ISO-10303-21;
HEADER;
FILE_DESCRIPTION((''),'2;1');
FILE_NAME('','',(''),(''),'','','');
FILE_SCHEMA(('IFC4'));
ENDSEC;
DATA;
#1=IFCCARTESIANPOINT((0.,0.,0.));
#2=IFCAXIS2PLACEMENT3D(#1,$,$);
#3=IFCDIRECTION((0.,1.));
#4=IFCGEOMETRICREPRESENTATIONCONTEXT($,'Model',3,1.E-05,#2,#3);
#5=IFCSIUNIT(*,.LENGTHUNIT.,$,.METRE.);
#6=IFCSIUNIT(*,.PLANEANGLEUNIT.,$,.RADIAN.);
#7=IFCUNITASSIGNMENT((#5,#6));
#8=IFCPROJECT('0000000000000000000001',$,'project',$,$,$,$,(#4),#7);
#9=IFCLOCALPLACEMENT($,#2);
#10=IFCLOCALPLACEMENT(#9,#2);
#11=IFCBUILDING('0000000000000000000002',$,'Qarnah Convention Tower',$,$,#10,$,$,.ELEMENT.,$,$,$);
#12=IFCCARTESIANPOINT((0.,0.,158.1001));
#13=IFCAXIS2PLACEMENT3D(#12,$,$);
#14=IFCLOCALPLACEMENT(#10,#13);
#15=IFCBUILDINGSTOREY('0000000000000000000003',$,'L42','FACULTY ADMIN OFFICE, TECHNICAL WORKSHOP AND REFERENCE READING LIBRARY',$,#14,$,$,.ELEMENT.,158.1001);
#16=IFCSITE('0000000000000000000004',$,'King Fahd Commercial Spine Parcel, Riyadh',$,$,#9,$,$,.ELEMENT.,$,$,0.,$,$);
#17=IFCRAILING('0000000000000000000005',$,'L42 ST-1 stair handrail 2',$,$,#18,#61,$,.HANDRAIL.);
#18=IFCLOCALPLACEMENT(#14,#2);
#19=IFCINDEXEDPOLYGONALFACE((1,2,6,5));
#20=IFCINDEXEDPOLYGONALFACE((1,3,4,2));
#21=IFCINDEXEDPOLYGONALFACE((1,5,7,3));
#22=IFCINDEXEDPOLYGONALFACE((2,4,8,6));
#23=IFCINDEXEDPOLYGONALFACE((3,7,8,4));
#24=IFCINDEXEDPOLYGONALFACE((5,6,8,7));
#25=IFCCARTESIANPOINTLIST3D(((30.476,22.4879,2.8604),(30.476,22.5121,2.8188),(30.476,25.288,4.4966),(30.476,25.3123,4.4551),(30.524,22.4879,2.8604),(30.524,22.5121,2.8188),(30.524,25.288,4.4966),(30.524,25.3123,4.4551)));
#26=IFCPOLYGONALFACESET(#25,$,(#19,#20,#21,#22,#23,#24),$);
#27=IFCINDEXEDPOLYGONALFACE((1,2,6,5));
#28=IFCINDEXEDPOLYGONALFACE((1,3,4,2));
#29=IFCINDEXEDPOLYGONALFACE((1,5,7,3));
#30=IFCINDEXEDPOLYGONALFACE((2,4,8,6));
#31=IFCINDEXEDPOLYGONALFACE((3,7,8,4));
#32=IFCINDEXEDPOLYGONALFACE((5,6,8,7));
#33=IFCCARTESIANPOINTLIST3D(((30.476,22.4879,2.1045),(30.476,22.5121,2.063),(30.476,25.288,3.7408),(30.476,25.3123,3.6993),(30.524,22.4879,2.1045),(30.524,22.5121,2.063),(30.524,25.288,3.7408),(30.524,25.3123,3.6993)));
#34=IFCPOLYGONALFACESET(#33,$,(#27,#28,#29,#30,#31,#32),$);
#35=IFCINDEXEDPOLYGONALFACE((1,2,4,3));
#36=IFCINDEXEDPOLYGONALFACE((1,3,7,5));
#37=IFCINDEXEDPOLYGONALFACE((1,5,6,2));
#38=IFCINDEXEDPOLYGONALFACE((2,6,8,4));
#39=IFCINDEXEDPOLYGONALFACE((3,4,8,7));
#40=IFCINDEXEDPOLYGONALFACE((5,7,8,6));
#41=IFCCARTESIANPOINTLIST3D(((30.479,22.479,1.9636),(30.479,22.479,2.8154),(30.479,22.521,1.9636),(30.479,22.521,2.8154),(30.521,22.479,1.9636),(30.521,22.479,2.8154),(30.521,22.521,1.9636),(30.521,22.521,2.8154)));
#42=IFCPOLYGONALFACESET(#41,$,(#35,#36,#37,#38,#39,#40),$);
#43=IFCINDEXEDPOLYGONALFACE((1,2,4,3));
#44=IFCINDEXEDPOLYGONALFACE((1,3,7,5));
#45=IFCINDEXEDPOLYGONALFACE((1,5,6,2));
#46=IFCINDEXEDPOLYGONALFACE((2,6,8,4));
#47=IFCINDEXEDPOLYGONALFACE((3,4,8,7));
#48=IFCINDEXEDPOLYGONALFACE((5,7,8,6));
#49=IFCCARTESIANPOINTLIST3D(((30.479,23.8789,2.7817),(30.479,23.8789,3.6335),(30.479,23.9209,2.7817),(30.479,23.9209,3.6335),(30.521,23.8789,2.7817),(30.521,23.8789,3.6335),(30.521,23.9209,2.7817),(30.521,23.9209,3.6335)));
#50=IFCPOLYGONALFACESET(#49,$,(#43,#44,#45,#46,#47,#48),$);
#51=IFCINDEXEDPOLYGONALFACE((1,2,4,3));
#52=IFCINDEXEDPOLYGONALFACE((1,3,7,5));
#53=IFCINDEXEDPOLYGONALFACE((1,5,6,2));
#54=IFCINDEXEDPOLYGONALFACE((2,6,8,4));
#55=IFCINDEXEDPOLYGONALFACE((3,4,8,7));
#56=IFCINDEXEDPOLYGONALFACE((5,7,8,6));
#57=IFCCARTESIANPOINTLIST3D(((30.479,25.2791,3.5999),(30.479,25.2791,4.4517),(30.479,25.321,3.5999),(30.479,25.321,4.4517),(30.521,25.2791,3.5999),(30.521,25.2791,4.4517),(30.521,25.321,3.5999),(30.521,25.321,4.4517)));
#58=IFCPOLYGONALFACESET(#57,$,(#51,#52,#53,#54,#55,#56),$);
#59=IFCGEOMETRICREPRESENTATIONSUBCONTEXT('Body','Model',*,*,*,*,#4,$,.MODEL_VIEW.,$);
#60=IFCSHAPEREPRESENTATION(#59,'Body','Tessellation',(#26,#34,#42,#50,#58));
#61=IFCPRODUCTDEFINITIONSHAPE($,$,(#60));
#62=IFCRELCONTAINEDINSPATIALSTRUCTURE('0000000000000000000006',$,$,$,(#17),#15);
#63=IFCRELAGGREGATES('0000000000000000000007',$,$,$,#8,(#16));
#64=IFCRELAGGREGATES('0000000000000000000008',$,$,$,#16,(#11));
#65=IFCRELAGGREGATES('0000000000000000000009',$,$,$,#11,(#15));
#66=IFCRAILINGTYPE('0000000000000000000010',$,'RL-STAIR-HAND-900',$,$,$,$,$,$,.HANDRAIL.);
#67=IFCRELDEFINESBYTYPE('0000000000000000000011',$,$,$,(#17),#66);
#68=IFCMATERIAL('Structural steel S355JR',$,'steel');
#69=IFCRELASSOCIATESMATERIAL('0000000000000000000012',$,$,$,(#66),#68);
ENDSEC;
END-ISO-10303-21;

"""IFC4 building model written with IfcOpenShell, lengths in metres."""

from ifc_helpers import new_model, si_unit, direction, frame, origin, origin_2d, place, context, subcontext, project, spatial, rectangle, extrude, material, type_object, element, save


model = new_model("IFC4")

# Units and contexts
model_context = context("Model", 3, precision=1e-05, world=origin(), true_north=direction((0.0, 1.0)))
body_context = subcontext(model_context, "Body", "Model", "MODEL_VIEW")
ifc_project = project(units=[si_unit("LENGTHUNIT", "METRE"), si_unit("PLANEANGLEUNIT", "RADIAN")], contexts=[model_context])

# Site, building, storey
site_placement = place(None, origin())
site = spatial("IfcSite", under=ifc_project, at=site_placement, Name="King Fahd Commercial Spine Parcel, Riyadh", CompositionType="ELEMENT", RefElevation=0.0)
building_placement = place(site_placement, origin())
building = spatial("IfcBuilding", under=site, at=building_placement, Name="Qarnah Convention Tower", CompositionType="ELEMENT")
storey_placement = place(building_placement, frame((0.0, 0.0, 158.1001)))
storey = spatial("IfcBuildingStorey", under=building, at=storey_placement, Name="L42", Description="FACULTY ADMIN OFFICE, TECHNICAL WORKSHOP AND REFERENCE READING LIBRARY", CompositionType="ELEMENT", Elevation=158.1001)

# Shared definitions
ifc_material_1 = material(Name="Structural steel S355JR", Category="steel")

# Railing
railing_type_1 = type_object("IfcRailingType", Name="RL-STAIR-HAND-900", PredefinedType="HANDRAIL", material=ifc_material_1)
railing_1_placement = place(storey_placement, frame((30.5, 22.5, 1.9636)))
element("IfcRailing", 1, at=railing_1_placement, inside=storey, type_object=railing_type_1, Name="L42 ST-1 stair handrail 2", PredefinedType="HANDRAIL", context=body_context, shape_type="SweptSolid", body=[
    extrude(rectangle(XDim=0.0481, YDim=0.0481, at=origin_2d()), frame((0.0, 0.0, 0.876), z_axis=(0.0, 0.863394, 0.504531), x_axis=(-1.0, 0.0, 0.0)), (0.0, 0.0, 1.0), 3.2432),
    extrude(rectangle(XDim=0.0481, YDim=0.0481, at=origin_2d()), frame((0.0, 0.0, 0.1201), z_axis=(0.0, 0.863394, 0.504531), x_axis=(-1.0, 0.0, 0.0)), (0.0, 0.0, 1.0), 3.2432),
    extrude(rectangle(XDim=0.042, YDim=0.042, at=origin_2d()), origin(), (0.0, 0.0, 1.0), 0.8518),
    extrude(rectangle(XDim=0.042, YDim=0.042, at=origin_2d()), frame((0.0, 1.3999, 0.8181)), (0.0, 0.0, 1.0), 0.8518),
    extrude(rectangle(XDim=0.042, YDim=0.042, at=origin_2d()), frame((0.0, 2.8, 1.6362)), (0.0, 0.0, 1.0), 0.8518),
])

save(model, "model.ifc")
